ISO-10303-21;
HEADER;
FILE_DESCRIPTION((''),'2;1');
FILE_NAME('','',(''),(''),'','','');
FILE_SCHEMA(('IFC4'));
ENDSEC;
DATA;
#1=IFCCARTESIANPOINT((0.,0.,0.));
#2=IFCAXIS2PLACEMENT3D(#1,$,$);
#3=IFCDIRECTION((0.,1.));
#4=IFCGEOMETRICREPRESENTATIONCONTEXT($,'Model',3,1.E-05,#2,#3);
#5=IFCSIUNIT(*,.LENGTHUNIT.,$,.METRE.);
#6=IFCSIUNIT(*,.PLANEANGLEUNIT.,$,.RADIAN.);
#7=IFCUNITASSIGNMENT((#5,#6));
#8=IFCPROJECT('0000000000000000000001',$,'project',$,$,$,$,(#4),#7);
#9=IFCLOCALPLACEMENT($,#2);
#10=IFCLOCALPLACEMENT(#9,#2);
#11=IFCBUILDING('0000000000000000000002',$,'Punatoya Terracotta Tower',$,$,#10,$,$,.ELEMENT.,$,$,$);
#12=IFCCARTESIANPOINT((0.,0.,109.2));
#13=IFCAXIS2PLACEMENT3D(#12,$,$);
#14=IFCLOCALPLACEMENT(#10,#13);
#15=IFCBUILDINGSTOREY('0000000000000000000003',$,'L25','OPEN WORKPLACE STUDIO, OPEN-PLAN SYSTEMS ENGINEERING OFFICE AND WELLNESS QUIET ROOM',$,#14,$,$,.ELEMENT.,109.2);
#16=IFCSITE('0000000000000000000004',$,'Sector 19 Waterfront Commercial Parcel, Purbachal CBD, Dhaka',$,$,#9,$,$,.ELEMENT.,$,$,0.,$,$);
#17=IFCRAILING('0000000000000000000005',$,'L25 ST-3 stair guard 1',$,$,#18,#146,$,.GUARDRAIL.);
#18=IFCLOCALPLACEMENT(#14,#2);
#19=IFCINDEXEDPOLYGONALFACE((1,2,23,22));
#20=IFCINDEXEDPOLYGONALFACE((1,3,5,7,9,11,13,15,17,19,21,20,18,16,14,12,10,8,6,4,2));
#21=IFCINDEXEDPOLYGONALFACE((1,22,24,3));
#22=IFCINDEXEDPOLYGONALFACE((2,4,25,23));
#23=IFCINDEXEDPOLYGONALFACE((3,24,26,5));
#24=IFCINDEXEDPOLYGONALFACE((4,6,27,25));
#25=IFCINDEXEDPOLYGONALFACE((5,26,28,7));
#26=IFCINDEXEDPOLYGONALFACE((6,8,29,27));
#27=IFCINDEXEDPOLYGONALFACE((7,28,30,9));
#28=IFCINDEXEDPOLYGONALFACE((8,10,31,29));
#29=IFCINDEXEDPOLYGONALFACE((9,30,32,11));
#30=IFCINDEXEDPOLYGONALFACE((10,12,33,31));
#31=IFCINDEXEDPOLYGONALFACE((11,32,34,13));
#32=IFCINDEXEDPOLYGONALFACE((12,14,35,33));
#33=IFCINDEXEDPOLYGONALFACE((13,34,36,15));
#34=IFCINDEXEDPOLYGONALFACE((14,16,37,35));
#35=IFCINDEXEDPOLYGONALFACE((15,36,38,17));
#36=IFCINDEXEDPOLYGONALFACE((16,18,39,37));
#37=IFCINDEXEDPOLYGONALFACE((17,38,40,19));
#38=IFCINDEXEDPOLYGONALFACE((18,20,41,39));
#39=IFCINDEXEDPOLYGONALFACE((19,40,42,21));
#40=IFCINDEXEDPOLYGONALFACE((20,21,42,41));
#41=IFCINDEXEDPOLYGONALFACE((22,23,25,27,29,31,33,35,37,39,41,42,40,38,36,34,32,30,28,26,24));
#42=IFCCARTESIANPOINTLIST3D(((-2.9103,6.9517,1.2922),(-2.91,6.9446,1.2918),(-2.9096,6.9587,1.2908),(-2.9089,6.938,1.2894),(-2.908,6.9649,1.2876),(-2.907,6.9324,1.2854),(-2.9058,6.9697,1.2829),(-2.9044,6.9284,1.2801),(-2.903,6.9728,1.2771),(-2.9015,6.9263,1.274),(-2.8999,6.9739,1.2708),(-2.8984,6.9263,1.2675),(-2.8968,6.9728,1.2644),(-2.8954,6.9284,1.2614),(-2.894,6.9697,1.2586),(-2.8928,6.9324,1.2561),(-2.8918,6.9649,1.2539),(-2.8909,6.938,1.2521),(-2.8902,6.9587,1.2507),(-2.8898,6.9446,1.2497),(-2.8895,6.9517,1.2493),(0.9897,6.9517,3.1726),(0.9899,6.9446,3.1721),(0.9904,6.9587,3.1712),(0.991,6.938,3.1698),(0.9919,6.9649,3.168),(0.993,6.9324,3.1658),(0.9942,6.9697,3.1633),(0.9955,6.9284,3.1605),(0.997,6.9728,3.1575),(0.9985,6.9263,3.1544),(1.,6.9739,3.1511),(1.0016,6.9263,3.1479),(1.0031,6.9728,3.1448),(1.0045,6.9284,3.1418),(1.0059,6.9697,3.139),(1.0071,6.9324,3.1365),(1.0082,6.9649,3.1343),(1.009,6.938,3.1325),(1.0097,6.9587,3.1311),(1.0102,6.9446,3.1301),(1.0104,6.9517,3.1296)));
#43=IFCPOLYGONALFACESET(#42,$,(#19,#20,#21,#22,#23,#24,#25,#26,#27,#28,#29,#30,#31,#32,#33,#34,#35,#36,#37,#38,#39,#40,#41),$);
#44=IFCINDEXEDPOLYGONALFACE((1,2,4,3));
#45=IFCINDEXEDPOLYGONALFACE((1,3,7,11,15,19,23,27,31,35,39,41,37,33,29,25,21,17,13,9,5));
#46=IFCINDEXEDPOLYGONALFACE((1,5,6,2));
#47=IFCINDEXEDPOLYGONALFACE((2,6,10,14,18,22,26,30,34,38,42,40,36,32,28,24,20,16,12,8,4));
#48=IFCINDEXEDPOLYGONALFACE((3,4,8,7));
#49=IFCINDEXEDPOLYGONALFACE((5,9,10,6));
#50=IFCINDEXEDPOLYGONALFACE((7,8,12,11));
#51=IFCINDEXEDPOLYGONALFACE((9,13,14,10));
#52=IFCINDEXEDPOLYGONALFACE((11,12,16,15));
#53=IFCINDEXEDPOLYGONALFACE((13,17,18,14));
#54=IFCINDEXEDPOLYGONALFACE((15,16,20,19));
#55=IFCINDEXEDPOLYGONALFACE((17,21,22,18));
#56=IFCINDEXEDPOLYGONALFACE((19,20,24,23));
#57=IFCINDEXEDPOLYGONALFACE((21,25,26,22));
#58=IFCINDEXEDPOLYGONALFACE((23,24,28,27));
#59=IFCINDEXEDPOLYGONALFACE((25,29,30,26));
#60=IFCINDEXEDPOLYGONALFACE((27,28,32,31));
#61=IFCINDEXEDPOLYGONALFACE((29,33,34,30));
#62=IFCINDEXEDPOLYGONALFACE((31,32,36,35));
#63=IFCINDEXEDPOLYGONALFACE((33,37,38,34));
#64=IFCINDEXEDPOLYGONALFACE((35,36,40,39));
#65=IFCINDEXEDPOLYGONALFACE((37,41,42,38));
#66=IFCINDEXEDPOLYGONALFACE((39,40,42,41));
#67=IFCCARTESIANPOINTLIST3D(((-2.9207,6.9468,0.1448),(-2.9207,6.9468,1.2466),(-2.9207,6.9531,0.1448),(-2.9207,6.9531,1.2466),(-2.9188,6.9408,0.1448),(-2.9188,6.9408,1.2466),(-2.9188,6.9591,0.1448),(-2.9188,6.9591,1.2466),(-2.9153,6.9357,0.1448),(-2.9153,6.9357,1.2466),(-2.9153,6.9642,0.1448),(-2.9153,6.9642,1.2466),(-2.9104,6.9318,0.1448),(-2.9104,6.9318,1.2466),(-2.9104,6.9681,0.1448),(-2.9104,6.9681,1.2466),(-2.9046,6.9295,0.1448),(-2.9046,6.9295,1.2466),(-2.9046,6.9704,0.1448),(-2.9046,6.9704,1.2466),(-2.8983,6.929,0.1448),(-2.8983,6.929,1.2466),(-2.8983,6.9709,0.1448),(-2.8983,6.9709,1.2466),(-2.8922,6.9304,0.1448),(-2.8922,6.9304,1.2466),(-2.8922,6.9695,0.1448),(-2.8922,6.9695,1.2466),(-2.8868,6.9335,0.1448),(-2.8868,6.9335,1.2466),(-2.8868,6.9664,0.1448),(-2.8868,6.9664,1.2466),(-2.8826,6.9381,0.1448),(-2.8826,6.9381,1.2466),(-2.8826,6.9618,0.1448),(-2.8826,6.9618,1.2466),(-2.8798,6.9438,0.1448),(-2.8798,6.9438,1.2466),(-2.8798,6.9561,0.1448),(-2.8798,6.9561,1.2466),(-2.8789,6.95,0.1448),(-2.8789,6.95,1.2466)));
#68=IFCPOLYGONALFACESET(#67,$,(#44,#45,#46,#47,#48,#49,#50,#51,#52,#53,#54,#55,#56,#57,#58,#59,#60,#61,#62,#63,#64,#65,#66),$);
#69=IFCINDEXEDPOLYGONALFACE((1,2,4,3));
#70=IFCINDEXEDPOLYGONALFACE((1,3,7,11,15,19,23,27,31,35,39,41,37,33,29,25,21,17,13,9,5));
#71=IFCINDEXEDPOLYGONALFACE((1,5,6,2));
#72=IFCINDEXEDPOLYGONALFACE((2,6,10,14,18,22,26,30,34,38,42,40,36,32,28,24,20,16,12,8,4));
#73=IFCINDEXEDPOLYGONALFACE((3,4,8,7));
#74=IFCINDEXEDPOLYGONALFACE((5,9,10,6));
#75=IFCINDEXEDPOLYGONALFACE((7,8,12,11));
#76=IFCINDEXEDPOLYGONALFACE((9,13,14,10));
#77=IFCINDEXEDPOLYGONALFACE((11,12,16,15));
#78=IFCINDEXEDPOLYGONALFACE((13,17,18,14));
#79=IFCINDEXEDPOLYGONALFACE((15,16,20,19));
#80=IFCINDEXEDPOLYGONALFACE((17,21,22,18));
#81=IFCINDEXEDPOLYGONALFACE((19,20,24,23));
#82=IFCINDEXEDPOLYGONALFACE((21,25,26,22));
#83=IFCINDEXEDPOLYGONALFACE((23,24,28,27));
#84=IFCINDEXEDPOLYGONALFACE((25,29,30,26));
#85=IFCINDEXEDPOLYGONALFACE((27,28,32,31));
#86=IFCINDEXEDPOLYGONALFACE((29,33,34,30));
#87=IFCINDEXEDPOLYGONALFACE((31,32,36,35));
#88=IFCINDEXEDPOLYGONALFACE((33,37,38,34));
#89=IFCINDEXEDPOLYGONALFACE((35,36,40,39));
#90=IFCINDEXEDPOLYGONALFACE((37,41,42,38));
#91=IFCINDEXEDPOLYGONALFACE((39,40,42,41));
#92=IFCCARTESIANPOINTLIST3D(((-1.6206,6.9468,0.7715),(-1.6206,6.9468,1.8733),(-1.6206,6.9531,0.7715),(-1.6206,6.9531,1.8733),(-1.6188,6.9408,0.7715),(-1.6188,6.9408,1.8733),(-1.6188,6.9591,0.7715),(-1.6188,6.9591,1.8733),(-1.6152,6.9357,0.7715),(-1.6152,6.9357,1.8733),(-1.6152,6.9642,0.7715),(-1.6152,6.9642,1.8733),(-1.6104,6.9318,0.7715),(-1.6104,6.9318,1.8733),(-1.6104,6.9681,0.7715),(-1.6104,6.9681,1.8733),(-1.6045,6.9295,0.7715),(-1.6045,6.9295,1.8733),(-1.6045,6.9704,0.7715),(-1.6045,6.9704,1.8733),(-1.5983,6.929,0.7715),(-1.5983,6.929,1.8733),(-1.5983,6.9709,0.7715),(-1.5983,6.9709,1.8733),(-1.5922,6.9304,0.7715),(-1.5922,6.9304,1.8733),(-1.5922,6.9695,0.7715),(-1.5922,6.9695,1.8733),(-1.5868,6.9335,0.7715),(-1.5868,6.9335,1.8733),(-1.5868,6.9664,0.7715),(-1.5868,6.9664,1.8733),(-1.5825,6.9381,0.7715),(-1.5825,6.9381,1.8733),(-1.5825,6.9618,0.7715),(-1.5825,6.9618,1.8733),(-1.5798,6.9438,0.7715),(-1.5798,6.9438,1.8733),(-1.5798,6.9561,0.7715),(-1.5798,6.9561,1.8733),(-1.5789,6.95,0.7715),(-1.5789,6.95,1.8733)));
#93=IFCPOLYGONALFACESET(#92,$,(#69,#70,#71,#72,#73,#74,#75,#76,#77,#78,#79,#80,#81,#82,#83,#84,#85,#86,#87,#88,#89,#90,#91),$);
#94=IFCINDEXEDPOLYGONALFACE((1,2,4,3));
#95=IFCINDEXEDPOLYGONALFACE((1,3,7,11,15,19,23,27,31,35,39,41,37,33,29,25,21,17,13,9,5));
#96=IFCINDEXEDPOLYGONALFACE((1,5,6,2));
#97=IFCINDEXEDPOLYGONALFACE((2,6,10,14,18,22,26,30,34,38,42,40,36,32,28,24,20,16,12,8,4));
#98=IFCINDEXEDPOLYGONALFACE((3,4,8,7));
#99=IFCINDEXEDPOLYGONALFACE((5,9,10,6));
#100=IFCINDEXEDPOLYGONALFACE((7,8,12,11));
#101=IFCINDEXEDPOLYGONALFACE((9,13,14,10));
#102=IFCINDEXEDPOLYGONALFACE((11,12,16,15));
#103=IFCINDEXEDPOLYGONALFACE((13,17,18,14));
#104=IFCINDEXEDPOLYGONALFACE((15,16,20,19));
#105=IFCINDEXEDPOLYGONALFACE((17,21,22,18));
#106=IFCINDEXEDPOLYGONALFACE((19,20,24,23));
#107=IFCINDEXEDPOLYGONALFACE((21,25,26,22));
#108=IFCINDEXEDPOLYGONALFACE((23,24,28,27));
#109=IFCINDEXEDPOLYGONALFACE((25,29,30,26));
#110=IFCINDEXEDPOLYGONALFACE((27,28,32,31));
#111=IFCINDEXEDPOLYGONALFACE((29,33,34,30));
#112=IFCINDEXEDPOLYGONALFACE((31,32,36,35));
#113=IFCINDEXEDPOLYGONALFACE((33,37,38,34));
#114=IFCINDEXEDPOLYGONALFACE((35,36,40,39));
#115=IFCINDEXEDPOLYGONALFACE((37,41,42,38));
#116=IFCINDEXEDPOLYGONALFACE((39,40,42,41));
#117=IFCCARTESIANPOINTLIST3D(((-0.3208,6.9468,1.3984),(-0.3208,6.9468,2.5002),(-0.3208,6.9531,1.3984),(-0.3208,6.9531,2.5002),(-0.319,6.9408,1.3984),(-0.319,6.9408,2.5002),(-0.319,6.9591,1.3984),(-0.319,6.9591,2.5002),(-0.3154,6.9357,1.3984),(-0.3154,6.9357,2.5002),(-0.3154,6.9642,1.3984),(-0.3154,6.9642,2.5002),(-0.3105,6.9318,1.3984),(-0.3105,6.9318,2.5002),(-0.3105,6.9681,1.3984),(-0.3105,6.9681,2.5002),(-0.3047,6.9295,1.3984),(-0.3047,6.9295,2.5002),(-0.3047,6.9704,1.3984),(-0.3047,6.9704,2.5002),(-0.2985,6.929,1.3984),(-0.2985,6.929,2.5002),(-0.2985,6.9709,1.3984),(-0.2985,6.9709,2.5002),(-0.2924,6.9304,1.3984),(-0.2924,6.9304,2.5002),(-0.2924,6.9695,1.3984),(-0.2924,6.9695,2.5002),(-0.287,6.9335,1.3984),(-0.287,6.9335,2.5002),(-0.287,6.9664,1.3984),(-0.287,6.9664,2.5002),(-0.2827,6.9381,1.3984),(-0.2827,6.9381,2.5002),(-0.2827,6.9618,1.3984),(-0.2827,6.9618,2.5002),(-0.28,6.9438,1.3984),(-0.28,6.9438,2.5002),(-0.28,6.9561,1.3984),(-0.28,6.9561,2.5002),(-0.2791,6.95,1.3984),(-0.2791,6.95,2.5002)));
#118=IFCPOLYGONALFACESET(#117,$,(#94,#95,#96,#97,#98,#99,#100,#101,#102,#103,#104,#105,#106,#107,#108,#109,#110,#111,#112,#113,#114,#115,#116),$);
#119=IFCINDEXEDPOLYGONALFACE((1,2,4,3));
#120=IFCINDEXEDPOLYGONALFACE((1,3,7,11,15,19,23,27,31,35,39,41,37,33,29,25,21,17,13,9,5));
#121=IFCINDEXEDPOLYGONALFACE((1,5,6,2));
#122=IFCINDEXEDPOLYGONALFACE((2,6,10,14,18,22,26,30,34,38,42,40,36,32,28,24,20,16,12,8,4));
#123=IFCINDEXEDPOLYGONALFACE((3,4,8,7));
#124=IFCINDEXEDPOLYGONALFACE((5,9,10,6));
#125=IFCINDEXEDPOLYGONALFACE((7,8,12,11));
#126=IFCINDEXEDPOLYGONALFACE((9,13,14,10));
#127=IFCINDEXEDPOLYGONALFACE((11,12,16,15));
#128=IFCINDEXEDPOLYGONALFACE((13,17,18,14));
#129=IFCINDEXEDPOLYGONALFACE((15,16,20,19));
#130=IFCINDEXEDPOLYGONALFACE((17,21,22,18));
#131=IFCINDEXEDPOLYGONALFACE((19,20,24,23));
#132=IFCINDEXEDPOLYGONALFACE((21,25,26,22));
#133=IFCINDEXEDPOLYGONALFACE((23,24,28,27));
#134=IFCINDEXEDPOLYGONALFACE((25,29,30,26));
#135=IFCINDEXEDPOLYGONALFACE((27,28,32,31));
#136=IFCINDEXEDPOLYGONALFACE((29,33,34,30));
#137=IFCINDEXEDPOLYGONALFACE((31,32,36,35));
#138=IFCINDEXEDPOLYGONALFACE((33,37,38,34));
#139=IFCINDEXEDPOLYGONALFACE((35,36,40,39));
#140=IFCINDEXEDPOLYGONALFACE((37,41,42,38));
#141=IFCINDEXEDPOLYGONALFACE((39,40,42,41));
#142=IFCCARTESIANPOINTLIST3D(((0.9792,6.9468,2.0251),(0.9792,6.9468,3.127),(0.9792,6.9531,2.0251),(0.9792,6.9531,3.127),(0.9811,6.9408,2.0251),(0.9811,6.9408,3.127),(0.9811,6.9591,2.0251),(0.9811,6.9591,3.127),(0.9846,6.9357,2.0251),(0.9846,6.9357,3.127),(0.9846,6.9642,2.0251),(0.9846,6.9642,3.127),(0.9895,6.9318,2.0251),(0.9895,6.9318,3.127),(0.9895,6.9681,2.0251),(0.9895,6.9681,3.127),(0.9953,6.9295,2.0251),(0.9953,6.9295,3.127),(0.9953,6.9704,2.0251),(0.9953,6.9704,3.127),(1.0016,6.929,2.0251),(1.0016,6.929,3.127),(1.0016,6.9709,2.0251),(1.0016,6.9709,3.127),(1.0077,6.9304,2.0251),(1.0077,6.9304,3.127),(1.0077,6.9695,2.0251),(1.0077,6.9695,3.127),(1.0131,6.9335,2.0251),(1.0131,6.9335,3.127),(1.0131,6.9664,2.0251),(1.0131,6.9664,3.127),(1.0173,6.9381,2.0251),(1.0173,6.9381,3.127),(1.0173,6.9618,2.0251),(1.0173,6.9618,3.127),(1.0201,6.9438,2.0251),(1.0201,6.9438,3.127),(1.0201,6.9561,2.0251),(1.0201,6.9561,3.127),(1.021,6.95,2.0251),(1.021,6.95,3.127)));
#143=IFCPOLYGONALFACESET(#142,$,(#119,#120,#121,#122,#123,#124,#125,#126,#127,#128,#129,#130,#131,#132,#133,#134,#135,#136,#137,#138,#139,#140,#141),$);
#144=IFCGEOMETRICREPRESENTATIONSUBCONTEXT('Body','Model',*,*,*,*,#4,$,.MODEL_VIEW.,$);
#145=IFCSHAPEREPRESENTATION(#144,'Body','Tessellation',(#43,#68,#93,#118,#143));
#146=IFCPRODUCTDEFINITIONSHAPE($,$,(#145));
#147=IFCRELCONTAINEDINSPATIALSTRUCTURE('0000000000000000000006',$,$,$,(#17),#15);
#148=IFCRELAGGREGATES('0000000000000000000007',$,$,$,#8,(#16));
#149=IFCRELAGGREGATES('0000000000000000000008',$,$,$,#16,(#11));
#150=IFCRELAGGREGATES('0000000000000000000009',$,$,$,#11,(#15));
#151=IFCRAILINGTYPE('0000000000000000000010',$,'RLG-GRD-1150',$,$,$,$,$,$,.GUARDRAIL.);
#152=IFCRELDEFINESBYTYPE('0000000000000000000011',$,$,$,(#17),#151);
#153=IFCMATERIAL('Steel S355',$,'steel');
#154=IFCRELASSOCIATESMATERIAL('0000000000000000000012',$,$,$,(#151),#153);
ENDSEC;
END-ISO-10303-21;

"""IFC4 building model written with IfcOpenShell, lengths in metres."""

from ifc_helpers import new_model, si_unit, direction, frame, origin, origin_2d, place, context, subcontext, project, spatial, circle, extrude, material, type_object, element, save


model = new_model("IFC4")

# Units and contexts
model_context = context("Model", 3, precision=1e-05, world=origin(), true_north=direction((0.0, 1.0)))
body_context = subcontext(model_context, "Body", "Model", "MODEL_VIEW")
ifc_project = project(units=[si_unit("LENGTHUNIT", "METRE"), si_unit("PLANEANGLEUNIT", "RADIAN")], contexts=[model_context])

# Site, building, storey
site_placement = place(None, origin())
site = spatial("IfcSite", under=ifc_project, at=site_placement, Name="Sector 19 Waterfront Commercial Parcel, Purbachal CBD, Dhaka", CompositionType="ELEMENT", RefElevation=0.0)
building_placement = place(site_placement, origin())
building = spatial("IfcBuilding", under=site, at=building_placement, Name="Punatoya Terracotta Tower", CompositionType="ELEMENT")
storey_placement = place(building_placement, frame((0.0, 0.0, 109.2)))
storey = spatial("IfcBuildingStorey", under=building, at=storey_placement, Name="L25", Description="OPEN WORKPLACE STUDIO, OPEN-PLAN SYSTEMS ENGINEERING OFFICE AND WELLNESS QUIET ROOM", CompositionType="ELEMENT", Elevation=109.2)

# Shared definitions
ifc_material_1 = material(Name="Steel S355", Category="steel")

# Railing
railing_type_1 = type_object("IfcRailingType", Name="RLG-GRD-1150", PredefinedType="GUARDRAIL", material=ifc_material_1)
railing_1_placement = place(storey_placement, frame((-2.8999, 6.95, 0.1448)))
element("IfcRailing", 1, at=railing_1_placement, inside=storey, type_object=railing_type_1, Name="L25 ST-3 stair guard 1", PredefinedType="GUARDRAIL", context=body_context, shape_type="SweptSolid", body=[
    extrude(circle(Radius=0.0239, at=origin_2d()), frame((0.0, 0.0, 1.126), z_axis=(0.900763, 0.0, 0.434311), x_axis=(0.0, 1.0, 0.0)), (0.0, 0.0, 1.0), 4.3296),
    extrude(circle(Radius=0.021, at=origin_2d()), origin(), (0.0, 0.0, 1.0), 1.1018),
    extrude(circle(Radius=0.021, at=origin_2d()), frame((1.3, 0.0, 0.6267)), (0.0, 0.0, 1.0), 1.1018),
    extrude(circle(Radius=0.021, at=origin_2d()), frame((2.5999, 0.0, 1.2537)), (0.0, 0.0, 1.0), 1.1018),
    extrude(circle(Radius=0.021, at=origin_2d()), frame((3.8999, 0.0, 1.8804)), (0.0, 0.0, 1.0), 1.1018),
])

save(model, "model.ifc")
